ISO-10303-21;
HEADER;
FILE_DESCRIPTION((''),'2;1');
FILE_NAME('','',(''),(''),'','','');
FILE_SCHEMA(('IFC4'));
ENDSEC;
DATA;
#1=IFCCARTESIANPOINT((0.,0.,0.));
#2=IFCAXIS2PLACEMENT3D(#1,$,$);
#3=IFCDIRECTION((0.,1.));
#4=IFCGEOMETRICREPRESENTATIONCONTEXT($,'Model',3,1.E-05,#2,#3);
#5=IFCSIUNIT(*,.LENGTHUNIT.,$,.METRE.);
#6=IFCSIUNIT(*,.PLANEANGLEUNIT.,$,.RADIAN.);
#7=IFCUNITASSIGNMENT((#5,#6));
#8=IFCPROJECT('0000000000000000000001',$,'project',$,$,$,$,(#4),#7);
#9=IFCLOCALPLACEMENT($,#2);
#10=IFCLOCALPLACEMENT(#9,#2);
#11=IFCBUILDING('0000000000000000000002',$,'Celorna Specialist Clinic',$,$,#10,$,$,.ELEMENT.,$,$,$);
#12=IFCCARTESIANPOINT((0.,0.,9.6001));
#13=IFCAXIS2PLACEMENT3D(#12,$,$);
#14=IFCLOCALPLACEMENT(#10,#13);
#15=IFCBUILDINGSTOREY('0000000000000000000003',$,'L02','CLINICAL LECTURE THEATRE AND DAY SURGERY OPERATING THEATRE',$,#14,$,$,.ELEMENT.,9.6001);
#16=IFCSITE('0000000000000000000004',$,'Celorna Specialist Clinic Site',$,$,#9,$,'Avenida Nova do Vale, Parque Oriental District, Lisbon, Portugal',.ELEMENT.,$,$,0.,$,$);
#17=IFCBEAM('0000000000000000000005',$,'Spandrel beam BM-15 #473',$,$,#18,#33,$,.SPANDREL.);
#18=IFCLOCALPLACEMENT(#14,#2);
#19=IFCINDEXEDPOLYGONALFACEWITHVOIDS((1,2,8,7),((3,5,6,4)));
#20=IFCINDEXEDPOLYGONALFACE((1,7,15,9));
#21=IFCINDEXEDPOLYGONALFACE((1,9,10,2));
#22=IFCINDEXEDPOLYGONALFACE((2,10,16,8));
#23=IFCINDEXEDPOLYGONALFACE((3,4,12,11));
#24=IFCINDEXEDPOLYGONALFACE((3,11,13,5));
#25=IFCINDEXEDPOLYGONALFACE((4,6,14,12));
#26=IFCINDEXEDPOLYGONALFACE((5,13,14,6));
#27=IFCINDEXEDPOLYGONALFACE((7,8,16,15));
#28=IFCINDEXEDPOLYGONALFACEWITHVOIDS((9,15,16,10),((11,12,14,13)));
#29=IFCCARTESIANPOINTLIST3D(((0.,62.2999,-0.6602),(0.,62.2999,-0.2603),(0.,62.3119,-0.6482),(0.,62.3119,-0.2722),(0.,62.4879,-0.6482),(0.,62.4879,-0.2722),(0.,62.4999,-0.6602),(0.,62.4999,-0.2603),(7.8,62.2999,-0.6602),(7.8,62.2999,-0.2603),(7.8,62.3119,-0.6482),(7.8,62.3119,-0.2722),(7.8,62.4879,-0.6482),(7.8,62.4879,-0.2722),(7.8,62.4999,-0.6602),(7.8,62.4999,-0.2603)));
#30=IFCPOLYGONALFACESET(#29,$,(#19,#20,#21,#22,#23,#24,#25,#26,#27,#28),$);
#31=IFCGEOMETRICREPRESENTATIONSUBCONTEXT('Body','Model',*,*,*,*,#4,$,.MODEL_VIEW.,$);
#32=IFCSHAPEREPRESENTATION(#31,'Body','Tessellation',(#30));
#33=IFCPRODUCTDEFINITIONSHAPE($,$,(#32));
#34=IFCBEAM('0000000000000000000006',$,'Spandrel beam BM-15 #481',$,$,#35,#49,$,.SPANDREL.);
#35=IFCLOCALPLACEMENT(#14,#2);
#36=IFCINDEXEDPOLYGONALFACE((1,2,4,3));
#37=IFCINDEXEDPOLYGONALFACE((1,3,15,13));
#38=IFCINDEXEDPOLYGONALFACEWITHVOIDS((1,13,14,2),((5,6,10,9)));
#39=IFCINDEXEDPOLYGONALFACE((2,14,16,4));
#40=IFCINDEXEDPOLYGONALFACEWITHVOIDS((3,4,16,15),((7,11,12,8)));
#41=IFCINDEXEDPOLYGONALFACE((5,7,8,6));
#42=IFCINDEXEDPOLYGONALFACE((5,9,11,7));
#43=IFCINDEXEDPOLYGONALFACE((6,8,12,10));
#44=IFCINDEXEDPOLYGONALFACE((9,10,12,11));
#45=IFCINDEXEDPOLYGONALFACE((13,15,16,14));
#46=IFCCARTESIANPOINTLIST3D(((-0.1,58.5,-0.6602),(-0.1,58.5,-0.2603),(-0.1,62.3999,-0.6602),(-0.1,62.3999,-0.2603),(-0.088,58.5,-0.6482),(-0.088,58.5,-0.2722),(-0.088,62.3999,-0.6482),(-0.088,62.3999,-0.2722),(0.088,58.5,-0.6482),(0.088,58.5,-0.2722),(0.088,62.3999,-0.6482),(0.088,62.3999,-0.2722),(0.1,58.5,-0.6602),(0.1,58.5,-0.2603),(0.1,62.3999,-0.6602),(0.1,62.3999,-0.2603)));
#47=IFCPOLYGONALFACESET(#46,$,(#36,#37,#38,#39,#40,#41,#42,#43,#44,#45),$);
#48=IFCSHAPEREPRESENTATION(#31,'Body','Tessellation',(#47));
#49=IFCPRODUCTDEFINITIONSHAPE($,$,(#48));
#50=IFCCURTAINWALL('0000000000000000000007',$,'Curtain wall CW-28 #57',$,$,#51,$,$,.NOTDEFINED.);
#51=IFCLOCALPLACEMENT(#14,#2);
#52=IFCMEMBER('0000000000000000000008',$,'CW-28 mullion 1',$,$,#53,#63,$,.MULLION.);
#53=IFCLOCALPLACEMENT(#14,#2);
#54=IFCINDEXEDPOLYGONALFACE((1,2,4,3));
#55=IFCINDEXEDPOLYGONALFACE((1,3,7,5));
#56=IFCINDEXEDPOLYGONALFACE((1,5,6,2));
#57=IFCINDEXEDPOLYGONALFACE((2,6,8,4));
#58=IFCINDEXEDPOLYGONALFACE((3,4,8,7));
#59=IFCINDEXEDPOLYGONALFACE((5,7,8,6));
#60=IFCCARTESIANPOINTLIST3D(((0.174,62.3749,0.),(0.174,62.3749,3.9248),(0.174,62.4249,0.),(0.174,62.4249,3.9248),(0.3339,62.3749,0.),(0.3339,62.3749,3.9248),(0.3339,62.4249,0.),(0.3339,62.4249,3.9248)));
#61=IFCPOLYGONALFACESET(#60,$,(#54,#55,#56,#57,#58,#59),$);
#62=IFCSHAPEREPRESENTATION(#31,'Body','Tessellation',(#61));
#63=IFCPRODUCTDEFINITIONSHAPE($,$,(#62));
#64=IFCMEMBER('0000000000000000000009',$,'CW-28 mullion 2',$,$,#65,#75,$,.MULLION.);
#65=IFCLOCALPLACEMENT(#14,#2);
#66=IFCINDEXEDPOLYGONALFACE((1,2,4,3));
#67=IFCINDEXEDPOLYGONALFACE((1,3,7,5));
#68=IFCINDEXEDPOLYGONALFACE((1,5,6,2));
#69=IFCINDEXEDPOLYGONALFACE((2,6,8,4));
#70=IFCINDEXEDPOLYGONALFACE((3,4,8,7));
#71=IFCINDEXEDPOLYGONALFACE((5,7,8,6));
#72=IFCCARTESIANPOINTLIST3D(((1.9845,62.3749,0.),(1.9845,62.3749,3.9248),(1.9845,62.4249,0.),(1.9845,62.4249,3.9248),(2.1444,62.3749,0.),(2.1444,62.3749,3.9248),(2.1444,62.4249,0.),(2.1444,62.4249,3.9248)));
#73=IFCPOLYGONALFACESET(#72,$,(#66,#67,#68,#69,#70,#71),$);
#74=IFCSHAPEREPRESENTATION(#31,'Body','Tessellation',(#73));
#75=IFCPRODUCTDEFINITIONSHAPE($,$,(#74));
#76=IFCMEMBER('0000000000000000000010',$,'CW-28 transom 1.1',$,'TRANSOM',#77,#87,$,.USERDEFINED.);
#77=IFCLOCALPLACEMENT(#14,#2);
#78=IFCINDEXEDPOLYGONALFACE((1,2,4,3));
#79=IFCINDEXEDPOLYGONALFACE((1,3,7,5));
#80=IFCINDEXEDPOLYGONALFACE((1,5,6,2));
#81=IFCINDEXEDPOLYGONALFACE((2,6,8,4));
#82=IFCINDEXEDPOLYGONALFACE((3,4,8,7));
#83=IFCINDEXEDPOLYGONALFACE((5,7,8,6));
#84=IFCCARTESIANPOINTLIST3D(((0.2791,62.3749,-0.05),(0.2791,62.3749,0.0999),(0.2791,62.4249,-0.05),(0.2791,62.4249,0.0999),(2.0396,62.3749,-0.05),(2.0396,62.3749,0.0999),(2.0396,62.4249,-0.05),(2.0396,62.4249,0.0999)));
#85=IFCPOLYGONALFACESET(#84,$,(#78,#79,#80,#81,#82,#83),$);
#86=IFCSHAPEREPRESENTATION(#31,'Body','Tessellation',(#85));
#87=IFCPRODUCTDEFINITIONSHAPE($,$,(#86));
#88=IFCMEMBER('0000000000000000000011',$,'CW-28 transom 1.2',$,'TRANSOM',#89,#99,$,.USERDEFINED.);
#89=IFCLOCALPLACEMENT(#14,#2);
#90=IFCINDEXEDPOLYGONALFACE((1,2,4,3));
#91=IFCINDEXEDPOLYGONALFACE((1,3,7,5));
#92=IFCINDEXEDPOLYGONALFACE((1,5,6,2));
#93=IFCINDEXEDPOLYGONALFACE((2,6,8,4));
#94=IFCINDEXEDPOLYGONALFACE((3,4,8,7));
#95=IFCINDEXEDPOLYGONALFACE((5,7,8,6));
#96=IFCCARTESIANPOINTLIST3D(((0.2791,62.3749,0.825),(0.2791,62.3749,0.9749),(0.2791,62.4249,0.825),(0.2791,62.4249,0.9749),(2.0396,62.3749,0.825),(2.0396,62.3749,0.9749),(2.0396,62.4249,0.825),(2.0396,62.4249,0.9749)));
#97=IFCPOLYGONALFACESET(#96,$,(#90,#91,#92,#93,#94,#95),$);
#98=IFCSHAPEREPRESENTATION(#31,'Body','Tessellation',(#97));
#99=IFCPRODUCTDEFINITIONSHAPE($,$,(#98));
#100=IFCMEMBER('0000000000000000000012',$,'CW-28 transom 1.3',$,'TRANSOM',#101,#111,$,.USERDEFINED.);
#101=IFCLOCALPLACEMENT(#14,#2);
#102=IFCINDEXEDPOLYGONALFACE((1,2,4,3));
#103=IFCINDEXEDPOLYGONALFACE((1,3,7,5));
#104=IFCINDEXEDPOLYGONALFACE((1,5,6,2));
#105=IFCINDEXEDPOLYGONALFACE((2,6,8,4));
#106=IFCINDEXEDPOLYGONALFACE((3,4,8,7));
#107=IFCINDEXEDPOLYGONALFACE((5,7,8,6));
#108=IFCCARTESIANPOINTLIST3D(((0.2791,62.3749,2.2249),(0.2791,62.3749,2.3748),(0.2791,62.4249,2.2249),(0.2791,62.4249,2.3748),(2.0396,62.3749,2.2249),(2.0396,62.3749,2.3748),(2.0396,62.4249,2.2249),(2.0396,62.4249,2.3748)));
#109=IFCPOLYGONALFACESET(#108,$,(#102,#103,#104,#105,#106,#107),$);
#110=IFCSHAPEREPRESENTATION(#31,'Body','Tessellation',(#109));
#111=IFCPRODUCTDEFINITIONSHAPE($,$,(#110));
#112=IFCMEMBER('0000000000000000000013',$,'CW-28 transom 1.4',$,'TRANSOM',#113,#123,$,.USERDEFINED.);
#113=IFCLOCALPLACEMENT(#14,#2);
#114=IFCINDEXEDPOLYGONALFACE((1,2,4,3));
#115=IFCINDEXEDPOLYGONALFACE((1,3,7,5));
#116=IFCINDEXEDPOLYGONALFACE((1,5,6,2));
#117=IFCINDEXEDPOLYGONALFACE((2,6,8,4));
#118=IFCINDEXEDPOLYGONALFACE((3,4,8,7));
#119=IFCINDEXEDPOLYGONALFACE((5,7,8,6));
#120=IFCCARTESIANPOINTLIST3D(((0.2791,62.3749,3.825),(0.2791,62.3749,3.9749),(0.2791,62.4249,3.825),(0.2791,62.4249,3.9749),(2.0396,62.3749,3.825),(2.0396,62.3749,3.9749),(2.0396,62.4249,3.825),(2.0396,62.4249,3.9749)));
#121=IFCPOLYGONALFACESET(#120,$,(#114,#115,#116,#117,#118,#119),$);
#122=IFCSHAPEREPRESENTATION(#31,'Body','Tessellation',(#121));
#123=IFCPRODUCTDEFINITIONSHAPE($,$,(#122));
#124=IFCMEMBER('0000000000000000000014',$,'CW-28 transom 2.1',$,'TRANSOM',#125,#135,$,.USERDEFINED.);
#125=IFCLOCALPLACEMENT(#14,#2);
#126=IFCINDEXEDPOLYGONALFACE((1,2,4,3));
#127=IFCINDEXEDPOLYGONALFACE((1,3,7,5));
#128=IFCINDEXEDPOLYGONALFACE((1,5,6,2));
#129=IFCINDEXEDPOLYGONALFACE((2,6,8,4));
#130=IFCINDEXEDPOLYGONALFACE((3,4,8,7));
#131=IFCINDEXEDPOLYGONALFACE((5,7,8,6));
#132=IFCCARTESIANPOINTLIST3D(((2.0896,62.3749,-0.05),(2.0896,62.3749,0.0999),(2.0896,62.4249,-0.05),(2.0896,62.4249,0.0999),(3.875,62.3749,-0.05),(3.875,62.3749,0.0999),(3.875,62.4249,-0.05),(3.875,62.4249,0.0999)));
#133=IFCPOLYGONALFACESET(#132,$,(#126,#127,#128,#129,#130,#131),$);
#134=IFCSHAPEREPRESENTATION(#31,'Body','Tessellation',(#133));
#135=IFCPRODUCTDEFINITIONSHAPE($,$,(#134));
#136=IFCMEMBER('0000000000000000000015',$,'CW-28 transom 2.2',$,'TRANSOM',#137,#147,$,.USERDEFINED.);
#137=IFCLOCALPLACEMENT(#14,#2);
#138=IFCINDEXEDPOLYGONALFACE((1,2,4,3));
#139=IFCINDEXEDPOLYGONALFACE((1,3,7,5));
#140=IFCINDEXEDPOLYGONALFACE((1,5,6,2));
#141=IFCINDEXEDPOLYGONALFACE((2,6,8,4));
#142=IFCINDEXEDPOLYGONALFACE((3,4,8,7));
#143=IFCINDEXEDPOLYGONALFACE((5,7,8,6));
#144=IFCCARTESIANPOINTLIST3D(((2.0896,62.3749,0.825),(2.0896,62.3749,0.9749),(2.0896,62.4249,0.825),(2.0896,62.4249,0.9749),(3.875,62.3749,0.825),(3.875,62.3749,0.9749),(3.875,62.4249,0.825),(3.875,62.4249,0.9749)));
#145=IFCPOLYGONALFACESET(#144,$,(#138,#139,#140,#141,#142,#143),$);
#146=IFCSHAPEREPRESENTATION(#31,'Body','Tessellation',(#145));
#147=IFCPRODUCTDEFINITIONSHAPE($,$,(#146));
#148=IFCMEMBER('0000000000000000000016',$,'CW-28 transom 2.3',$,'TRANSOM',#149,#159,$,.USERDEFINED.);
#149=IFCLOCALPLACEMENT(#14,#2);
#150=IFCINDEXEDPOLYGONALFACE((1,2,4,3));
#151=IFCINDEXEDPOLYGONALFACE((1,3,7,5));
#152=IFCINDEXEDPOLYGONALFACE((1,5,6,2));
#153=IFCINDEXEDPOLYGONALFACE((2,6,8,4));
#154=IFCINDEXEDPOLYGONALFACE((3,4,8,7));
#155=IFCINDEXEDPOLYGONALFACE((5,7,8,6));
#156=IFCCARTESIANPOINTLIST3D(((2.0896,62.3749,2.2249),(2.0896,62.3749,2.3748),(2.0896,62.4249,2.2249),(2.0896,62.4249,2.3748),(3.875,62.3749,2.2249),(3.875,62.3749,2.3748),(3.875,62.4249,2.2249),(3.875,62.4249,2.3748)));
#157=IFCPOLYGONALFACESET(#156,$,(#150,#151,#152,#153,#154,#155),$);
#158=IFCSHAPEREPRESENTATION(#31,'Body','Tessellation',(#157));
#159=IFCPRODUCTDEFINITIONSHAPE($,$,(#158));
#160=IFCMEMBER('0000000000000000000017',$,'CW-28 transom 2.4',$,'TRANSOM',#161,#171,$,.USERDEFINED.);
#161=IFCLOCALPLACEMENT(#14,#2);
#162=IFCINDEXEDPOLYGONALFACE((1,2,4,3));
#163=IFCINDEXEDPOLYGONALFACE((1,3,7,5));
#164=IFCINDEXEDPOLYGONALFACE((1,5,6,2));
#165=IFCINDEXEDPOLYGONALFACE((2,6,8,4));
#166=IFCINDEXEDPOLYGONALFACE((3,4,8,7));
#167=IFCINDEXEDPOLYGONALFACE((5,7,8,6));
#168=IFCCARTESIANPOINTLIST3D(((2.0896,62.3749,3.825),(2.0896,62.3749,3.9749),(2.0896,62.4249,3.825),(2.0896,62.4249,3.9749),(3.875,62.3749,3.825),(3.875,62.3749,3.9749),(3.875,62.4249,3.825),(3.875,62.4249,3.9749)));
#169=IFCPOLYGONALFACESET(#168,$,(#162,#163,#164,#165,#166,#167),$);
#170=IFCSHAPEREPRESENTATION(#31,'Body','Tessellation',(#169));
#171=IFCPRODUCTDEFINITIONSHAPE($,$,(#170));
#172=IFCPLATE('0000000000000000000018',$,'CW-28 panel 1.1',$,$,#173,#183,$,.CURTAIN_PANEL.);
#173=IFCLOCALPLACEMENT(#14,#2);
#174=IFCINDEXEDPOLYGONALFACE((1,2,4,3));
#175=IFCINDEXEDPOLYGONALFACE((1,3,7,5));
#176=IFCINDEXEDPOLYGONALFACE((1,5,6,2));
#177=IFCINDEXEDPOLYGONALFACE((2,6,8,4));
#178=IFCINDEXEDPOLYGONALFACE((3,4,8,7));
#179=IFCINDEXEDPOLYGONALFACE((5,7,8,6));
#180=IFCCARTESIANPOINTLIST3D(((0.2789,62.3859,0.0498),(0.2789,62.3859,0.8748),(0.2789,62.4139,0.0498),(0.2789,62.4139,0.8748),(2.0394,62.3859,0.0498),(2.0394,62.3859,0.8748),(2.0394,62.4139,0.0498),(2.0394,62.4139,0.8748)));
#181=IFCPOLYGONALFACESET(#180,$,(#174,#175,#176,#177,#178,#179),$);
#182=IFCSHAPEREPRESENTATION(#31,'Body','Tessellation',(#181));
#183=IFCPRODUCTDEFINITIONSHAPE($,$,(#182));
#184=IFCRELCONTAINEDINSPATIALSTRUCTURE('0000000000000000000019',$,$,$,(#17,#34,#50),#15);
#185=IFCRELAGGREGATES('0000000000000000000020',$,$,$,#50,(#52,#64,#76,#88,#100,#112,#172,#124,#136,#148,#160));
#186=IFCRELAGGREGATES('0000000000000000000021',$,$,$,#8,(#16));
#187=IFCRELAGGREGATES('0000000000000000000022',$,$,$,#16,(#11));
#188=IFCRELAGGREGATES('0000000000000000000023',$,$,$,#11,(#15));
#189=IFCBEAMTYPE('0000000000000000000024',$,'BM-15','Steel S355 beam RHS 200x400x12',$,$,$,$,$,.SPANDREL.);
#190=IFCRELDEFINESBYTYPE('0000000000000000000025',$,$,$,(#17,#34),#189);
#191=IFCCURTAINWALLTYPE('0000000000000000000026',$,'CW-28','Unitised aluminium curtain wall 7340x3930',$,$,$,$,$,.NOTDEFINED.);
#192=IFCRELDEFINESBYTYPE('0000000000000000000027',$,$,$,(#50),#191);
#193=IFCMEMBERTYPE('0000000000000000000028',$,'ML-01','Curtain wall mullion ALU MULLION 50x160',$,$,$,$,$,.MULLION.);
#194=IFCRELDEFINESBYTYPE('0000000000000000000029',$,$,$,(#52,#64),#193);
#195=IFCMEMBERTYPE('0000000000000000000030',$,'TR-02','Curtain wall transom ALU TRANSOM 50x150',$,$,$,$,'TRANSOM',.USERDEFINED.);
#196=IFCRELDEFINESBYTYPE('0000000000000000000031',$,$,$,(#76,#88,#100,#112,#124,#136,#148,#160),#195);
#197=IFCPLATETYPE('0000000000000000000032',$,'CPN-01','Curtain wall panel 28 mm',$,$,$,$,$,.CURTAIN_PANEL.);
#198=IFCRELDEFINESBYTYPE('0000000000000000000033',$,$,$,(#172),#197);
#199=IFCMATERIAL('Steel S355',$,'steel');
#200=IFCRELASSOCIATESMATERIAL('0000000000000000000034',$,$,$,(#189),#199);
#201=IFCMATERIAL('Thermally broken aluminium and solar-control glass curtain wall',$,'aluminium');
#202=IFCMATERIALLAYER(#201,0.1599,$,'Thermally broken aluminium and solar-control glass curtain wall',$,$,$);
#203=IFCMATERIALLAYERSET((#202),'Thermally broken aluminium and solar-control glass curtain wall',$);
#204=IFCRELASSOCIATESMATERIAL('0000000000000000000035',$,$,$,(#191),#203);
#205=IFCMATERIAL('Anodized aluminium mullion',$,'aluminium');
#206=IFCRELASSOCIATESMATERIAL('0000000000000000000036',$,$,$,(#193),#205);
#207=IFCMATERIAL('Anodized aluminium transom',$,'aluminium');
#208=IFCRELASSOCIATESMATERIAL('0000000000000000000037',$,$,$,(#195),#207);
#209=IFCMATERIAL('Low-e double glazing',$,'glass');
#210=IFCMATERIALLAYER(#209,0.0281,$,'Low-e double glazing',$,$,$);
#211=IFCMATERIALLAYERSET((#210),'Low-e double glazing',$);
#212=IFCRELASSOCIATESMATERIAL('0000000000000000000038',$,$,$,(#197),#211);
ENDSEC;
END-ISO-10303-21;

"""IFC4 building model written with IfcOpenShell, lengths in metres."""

from ifc_helpers import new_model, si_unit, direction, frame, origin, origin_2d, place, context, subcontext, project, spatial, rectangle, hollow_rectangle, extrude, material, layer, layer_set, material_profile, profile_set, type_object, element, aggregate, save


model = new_model("IFC4")

# Units and contexts
model_context = context("Model", 3, precision=1e-05, world=origin(), true_north=direction((0.0, 1.0)))
body_context = subcontext(model_context, "Body", "Model", "MODEL_VIEW")
ifc_project = project(units=[si_unit("LENGTHUNIT", "METRE"), si_unit("PLANEANGLEUNIT", "RADIAN")], contexts=[model_context])

# Site, building, storey
site_placement = place(None, origin())
site = spatial("IfcSite", under=ifc_project, at=site_placement, Name="Celorna Specialist Clinic Site", LongName="Avenida Nova do Vale, Parque Oriental District, Lisbon, Portugal", CompositionType="ELEMENT", RefElevation=0.0)
building_placement = place(site_placement, origin())
building = spatial("IfcBuilding", under=site, at=building_placement, Name="Celorna Specialist Clinic", CompositionType="ELEMENT")
storey_placement = place(building_placement, frame((0.0, 0.0, 9.6001)))
storey = spatial("IfcBuildingStorey", under=building, at=storey_placement, Name="L02", Description="CLINICAL LECTURE THEATRE AND DAY SURGERY OPERATING THEATRE", CompositionType="ELEMENT", Elevation=9.6001)

# Beams
ifc_material_1 = material(Name="Steel S355", Category="steel")
ifc_material_profile_1 = material_profile(ifc_material_1, hollow_rectangle(XDim=0.2, YDim=0.3999, WallThickness=0.012, at=origin_2d()), Name="RHS 200x400x12")
ifc_profile_set_1 = profile_set([ifc_material_profile_1], Name="Steel S355")
beam_type_1 = type_object("IfcBeamType", Name="BM-15", Description="Steel S355 beam RHS 200x400x12", PredefinedType="SPANDREL", material=ifc_profile_set_1)
beam_1_placement = place(storey_placement, frame((0.0, 62.3999, -0.4602), z_axis=(1.0, 0.0, 0.0), x_axis=(0.0, 1.0, 0.0)))
element("IfcBeam", 1, at=beam_1_placement, inside=storey, type_object=beam_type_1, Name="Spandrel beam BM-15 #473", PredefinedType="SPANDREL", context=body_context, shape_type="SweptSolid", body=[
    extrude(hollow_rectangle(XDim=0.2, YDim=0.3999, WallThickness=0.012, at=origin_2d()), origin(), (0.0, 0.0, 1.0), 7.8),
])
beam_2_placement = place(storey_placement, frame((0.0, 58.5, -0.4602), z_axis=(0.0, 1.0, 0.0), x_axis=(-1.0, 0.0, 0.0)))
element("IfcBeam", 2, at=beam_2_placement, inside=storey, type_object=beam_type_1, Name="Spandrel beam BM-15 #481", PredefinedType="SPANDREL", context=body_context, shape_type="SweptSolid", body=[
    extrude(hollow_rectangle(XDim=0.2, YDim=0.3999, WallThickness=0.012, at=origin_2d()), origin(), (0.0, 0.0, 1.0), 3.8999),
])

# Curtain wall, members, plate
ifc_material_2 = material(Name="Thermally broken aluminium and solar-control glass curtain wall", Category="aluminium")
ifc_layer_1 = layer(ifc_material_2, 0.1599, Name="Thermally broken aluminium and solar-control glass curtain wall")
ifc_layer_set_1 = layer_set([ifc_layer_1], Name="Thermally broken aluminium and solar-control glass curtain wall")
curtain_wall_type = type_object("IfcCurtainWallType", Name="CW-28", Description="Unitised aluminium curtain wall 7340x3930", PredefinedType="NOTDEFINED", material=ifc_layer_set_1)
curtain_wall_placement = place(storey_placement, origin())
curtain_wall = element("IfcCurtainWall", 3, at=curtain_wall_placement, inside=storey, type_object=curtain_wall_type, Name="Curtain wall CW-28 #57", PredefinedType="NOTDEFINED")
ifc_material_3 = material(Name="Anodized aluminium mullion", Category="aluminium")
ifc_material_profile_2 = material_profile(ifc_material_3, rectangle(XDim=0.05, YDim=0.1599, at=origin_2d()), Name="ALU MULLION 50x160")
ifc_profile_set_2 = profile_set([ifc_material_profile_2], Name="Anodized aluminium mullion")
member_type_1 = type_object("IfcMemberType", Name="ML-01", Description="Curtain wall mullion ALU MULLION 50x160", PredefinedType="MULLION", material=ifc_profile_set_2)
member_1_placement = place(storey_placement, frame((0.2539, 62.3999, 0.0), z_axis=(0.0, 0.0, 1.0), x_axis=(0.0, 1.0, 0.0)))
member_1 = element("IfcMember", 4, at=member_1_placement, type_object=member_type_1, Name="CW-28 mullion 1", PredefinedType="MULLION", context=body_context, shape_type="SweptSolid", body=[
    extrude(rectangle(XDim=0.05, YDim=0.1599, at=origin_2d()), origin(), (0.0, 0.0, 1.0), 3.9248),
])
member_2_placement = place(storey_placement, frame((2.0645, 62.3999, 0.0), z_axis=(0.0, 0.0, 1.0), x_axis=(0.0, 1.0, 0.0)))
member_2 = element("IfcMember", 5, at=member_2_placement, type_object=member_type_1, Name="CW-28 mullion 2", PredefinedType="MULLION", context=body_context, shape_type="SweptSolid", body=[
    extrude(rectangle(XDim=0.05, YDim=0.1599, at=origin_2d()), origin(), (0.0, 0.0, 1.0), 3.9248),
])
ifc_material_4 = material(Name="Anodized aluminium transom", Category="aluminium")
ifc_material_profile_3 = material_profile(ifc_material_4, rectangle(XDim=0.05, YDim=0.1499, at=origin_2d()), Name="ALU TRANSOM 50x150")
ifc_profile_set_3 = profile_set([ifc_material_profile_3], Name="Anodized aluminium transom")
member_type_2 = type_object("IfcMemberType", Name="TR-02", Description="Curtain wall transom ALU TRANSOM 50x150", ElementType="TRANSOM", PredefinedType="USERDEFINED", material=ifc_profile_set_3)
member_3_placement = place(storey_placement, frame((0.2791, 62.3999, 0.0249), z_axis=(1.0, 0.0, 0.0), x_axis=(0.0, 1.0, 0.0)))
member_3 = element("IfcMember", 6, at=member_3_placement, type_object=member_type_2, Name="CW-28 transom 1.1", ObjectType="TRANSOM", PredefinedType="USERDEFINED", context=body_context, shape_type="SweptSolid", body=[
    extrude(rectangle(XDim=0.05, YDim=0.1499, at=origin_2d()), origin(), (0.0, 0.0, 1.0), 1.7605),
])
member_4_placement = place(storey_placement, frame((0.2791, 62.3999, 0.8999), z_axis=(1.0, 0.0, 0.0), x_axis=(0.0, 1.0, 0.0)))
member_4 = element("IfcMember", 7, at=member_4_placement, type_object=member_type_2, Name="CW-28 transom 1.2", ObjectType="TRANSOM", PredefinedType="USERDEFINED", context=body_context, shape_type="SweptSolid", body=[
    extrude(rectangle(XDim=0.05, YDim=0.1499, at=origin_2d()), origin(), (0.0, 0.0, 1.0), 1.7605),
])
member_5_placement = place(storey_placement, frame((0.2791, 62.3999, 2.2998), z_axis=(1.0, 0.0, 0.0), x_axis=(0.0, 1.0, 0.0)))
member_5 = element("IfcMember", 8, at=member_5_placement, type_object=member_type_2, Name="CW-28 transom 1.3", ObjectType="TRANSOM", PredefinedType="USERDEFINED", context=body_context, shape_type="SweptSolid", body=[
    extrude(rectangle(XDim=0.05, YDim=0.1499, at=origin_2d()), origin(), (0.0, 0.0, 1.0), 1.7605),
])
member_6_placement = place(storey_placement, frame((0.2791, 62.3999, 3.8999), z_axis=(1.0, 0.0, 0.0), x_axis=(0.0, 1.0, 0.0)))
member_6 = element("IfcMember", 9, at=member_6_placement, type_object=member_type_2, Name="CW-28 transom 1.4", ObjectType="TRANSOM", PredefinedType="USERDEFINED", context=body_context, shape_type="SweptSolid", body=[
    extrude(rectangle(XDim=0.05, YDim=0.1499, at=origin_2d()), origin(), (0.0, 0.0, 1.0), 1.7605),
])
member_7_placement = place(storey_placement, frame((2.0896, 62.3999, 0.0249), z_axis=(1.0, 0.0, 0.0), x_axis=(0.0, 1.0, 0.0)))
member_7 = element("IfcMember", 10, at=member_7_placement, type_object=member_type_2, Name="CW-28 transom 2.1", ObjectType="TRANSOM", PredefinedType="USERDEFINED", context=body_context, shape_type="SweptSolid", body=[
    extrude(rectangle(XDim=0.05, YDim=0.1499, at=origin_2d()), origin(), (0.0, 0.0, 1.0), 1.7854),
])
member_8_placement = place(storey_placement, frame((2.0896, 62.3999, 0.8999), z_axis=(1.0, 0.0, 0.0), x_axis=(0.0, 1.0, 0.0)))
member_8 = element("IfcMember", 11, at=member_8_placement, type_object=member_type_2, Name="CW-28 transom 2.2", ObjectType="TRANSOM", PredefinedType="USERDEFINED", context=body_context, shape_type="SweptSolid", body=[
    extrude(rectangle(XDim=0.05, YDim=0.1499, at=origin_2d()), origin(), (0.0, 0.0, 1.0), 1.7854),
])
member_9_placement = place(storey_placement, frame((2.0896, 62.3999, 2.2998), z_axis=(1.0, 0.0, 0.0), x_axis=(0.0, 1.0, 0.0)))
member_9 = element("IfcMember", 12, at=member_9_placement, type_object=member_type_2, Name="CW-28 transom 2.3", ObjectType="TRANSOM", PredefinedType="USERDEFINED", context=body_context, shape_type="SweptSolid", body=[
    extrude(rectangle(XDim=0.05, YDim=0.1499, at=origin_2d()), origin(), (0.0, 0.0, 1.0), 1.7854),
])
member_10_placement = place(storey_placement, frame((2.0896, 62.3999, 3.8999), z_axis=(1.0, 0.0, 0.0), x_axis=(0.0, 1.0, 0.0)))
member_10 = element("IfcMember", 13, at=member_10_placement, type_object=member_type_2, Name="CW-28 transom 2.4", ObjectType="TRANSOM", PredefinedType="USERDEFINED", context=body_context, shape_type="SweptSolid", body=[
    extrude(rectangle(XDim=0.05, YDim=0.1499, at=origin_2d()), origin(), (0.0, 0.0, 1.0), 1.7854),
])
ifc_material_5 = material(Name="Low-e double glazing", Category="glass")
ifc_layer_2 = layer(ifc_material_5, 0.0281, Name="Low-e double glazing")
ifc_layer_set_2 = layer_set([ifc_layer_2], Name="Low-e double glazing")
plate_type = type_object("IfcPlateType", Name="CPN-01", Description="Curtain wall panel 28 mm", PredefinedType="CURTAIN_PANEL", material=ifc_layer_set_2)
plate_1_placement = place(storey_placement, frame((1.1592, 62.3999, 0.0498), z_axis=(0.0, 0.0, 1.0), x_axis=(1.0, 0.0, 0.0)))
plate_1 = element("IfcPlate", 14, at=plate_1_placement, type_object=plate_type, Name="CW-28 panel 1.1", PredefinedType="CURTAIN_PANEL", context=body_context, shape_type="SweptSolid", body=[
    extrude(rectangle(XDim=1.7605, YDim=0.0281, at=origin_2d()), origin(), (0.0, 0.0, 1.0), 0.825),
])
aggregate(curtain_wall, [member_1, member_2, member_3, member_4, member_5, member_6, plate_1, member_7, member_8, member_9, member_10])

save(model, "model.ifc")
